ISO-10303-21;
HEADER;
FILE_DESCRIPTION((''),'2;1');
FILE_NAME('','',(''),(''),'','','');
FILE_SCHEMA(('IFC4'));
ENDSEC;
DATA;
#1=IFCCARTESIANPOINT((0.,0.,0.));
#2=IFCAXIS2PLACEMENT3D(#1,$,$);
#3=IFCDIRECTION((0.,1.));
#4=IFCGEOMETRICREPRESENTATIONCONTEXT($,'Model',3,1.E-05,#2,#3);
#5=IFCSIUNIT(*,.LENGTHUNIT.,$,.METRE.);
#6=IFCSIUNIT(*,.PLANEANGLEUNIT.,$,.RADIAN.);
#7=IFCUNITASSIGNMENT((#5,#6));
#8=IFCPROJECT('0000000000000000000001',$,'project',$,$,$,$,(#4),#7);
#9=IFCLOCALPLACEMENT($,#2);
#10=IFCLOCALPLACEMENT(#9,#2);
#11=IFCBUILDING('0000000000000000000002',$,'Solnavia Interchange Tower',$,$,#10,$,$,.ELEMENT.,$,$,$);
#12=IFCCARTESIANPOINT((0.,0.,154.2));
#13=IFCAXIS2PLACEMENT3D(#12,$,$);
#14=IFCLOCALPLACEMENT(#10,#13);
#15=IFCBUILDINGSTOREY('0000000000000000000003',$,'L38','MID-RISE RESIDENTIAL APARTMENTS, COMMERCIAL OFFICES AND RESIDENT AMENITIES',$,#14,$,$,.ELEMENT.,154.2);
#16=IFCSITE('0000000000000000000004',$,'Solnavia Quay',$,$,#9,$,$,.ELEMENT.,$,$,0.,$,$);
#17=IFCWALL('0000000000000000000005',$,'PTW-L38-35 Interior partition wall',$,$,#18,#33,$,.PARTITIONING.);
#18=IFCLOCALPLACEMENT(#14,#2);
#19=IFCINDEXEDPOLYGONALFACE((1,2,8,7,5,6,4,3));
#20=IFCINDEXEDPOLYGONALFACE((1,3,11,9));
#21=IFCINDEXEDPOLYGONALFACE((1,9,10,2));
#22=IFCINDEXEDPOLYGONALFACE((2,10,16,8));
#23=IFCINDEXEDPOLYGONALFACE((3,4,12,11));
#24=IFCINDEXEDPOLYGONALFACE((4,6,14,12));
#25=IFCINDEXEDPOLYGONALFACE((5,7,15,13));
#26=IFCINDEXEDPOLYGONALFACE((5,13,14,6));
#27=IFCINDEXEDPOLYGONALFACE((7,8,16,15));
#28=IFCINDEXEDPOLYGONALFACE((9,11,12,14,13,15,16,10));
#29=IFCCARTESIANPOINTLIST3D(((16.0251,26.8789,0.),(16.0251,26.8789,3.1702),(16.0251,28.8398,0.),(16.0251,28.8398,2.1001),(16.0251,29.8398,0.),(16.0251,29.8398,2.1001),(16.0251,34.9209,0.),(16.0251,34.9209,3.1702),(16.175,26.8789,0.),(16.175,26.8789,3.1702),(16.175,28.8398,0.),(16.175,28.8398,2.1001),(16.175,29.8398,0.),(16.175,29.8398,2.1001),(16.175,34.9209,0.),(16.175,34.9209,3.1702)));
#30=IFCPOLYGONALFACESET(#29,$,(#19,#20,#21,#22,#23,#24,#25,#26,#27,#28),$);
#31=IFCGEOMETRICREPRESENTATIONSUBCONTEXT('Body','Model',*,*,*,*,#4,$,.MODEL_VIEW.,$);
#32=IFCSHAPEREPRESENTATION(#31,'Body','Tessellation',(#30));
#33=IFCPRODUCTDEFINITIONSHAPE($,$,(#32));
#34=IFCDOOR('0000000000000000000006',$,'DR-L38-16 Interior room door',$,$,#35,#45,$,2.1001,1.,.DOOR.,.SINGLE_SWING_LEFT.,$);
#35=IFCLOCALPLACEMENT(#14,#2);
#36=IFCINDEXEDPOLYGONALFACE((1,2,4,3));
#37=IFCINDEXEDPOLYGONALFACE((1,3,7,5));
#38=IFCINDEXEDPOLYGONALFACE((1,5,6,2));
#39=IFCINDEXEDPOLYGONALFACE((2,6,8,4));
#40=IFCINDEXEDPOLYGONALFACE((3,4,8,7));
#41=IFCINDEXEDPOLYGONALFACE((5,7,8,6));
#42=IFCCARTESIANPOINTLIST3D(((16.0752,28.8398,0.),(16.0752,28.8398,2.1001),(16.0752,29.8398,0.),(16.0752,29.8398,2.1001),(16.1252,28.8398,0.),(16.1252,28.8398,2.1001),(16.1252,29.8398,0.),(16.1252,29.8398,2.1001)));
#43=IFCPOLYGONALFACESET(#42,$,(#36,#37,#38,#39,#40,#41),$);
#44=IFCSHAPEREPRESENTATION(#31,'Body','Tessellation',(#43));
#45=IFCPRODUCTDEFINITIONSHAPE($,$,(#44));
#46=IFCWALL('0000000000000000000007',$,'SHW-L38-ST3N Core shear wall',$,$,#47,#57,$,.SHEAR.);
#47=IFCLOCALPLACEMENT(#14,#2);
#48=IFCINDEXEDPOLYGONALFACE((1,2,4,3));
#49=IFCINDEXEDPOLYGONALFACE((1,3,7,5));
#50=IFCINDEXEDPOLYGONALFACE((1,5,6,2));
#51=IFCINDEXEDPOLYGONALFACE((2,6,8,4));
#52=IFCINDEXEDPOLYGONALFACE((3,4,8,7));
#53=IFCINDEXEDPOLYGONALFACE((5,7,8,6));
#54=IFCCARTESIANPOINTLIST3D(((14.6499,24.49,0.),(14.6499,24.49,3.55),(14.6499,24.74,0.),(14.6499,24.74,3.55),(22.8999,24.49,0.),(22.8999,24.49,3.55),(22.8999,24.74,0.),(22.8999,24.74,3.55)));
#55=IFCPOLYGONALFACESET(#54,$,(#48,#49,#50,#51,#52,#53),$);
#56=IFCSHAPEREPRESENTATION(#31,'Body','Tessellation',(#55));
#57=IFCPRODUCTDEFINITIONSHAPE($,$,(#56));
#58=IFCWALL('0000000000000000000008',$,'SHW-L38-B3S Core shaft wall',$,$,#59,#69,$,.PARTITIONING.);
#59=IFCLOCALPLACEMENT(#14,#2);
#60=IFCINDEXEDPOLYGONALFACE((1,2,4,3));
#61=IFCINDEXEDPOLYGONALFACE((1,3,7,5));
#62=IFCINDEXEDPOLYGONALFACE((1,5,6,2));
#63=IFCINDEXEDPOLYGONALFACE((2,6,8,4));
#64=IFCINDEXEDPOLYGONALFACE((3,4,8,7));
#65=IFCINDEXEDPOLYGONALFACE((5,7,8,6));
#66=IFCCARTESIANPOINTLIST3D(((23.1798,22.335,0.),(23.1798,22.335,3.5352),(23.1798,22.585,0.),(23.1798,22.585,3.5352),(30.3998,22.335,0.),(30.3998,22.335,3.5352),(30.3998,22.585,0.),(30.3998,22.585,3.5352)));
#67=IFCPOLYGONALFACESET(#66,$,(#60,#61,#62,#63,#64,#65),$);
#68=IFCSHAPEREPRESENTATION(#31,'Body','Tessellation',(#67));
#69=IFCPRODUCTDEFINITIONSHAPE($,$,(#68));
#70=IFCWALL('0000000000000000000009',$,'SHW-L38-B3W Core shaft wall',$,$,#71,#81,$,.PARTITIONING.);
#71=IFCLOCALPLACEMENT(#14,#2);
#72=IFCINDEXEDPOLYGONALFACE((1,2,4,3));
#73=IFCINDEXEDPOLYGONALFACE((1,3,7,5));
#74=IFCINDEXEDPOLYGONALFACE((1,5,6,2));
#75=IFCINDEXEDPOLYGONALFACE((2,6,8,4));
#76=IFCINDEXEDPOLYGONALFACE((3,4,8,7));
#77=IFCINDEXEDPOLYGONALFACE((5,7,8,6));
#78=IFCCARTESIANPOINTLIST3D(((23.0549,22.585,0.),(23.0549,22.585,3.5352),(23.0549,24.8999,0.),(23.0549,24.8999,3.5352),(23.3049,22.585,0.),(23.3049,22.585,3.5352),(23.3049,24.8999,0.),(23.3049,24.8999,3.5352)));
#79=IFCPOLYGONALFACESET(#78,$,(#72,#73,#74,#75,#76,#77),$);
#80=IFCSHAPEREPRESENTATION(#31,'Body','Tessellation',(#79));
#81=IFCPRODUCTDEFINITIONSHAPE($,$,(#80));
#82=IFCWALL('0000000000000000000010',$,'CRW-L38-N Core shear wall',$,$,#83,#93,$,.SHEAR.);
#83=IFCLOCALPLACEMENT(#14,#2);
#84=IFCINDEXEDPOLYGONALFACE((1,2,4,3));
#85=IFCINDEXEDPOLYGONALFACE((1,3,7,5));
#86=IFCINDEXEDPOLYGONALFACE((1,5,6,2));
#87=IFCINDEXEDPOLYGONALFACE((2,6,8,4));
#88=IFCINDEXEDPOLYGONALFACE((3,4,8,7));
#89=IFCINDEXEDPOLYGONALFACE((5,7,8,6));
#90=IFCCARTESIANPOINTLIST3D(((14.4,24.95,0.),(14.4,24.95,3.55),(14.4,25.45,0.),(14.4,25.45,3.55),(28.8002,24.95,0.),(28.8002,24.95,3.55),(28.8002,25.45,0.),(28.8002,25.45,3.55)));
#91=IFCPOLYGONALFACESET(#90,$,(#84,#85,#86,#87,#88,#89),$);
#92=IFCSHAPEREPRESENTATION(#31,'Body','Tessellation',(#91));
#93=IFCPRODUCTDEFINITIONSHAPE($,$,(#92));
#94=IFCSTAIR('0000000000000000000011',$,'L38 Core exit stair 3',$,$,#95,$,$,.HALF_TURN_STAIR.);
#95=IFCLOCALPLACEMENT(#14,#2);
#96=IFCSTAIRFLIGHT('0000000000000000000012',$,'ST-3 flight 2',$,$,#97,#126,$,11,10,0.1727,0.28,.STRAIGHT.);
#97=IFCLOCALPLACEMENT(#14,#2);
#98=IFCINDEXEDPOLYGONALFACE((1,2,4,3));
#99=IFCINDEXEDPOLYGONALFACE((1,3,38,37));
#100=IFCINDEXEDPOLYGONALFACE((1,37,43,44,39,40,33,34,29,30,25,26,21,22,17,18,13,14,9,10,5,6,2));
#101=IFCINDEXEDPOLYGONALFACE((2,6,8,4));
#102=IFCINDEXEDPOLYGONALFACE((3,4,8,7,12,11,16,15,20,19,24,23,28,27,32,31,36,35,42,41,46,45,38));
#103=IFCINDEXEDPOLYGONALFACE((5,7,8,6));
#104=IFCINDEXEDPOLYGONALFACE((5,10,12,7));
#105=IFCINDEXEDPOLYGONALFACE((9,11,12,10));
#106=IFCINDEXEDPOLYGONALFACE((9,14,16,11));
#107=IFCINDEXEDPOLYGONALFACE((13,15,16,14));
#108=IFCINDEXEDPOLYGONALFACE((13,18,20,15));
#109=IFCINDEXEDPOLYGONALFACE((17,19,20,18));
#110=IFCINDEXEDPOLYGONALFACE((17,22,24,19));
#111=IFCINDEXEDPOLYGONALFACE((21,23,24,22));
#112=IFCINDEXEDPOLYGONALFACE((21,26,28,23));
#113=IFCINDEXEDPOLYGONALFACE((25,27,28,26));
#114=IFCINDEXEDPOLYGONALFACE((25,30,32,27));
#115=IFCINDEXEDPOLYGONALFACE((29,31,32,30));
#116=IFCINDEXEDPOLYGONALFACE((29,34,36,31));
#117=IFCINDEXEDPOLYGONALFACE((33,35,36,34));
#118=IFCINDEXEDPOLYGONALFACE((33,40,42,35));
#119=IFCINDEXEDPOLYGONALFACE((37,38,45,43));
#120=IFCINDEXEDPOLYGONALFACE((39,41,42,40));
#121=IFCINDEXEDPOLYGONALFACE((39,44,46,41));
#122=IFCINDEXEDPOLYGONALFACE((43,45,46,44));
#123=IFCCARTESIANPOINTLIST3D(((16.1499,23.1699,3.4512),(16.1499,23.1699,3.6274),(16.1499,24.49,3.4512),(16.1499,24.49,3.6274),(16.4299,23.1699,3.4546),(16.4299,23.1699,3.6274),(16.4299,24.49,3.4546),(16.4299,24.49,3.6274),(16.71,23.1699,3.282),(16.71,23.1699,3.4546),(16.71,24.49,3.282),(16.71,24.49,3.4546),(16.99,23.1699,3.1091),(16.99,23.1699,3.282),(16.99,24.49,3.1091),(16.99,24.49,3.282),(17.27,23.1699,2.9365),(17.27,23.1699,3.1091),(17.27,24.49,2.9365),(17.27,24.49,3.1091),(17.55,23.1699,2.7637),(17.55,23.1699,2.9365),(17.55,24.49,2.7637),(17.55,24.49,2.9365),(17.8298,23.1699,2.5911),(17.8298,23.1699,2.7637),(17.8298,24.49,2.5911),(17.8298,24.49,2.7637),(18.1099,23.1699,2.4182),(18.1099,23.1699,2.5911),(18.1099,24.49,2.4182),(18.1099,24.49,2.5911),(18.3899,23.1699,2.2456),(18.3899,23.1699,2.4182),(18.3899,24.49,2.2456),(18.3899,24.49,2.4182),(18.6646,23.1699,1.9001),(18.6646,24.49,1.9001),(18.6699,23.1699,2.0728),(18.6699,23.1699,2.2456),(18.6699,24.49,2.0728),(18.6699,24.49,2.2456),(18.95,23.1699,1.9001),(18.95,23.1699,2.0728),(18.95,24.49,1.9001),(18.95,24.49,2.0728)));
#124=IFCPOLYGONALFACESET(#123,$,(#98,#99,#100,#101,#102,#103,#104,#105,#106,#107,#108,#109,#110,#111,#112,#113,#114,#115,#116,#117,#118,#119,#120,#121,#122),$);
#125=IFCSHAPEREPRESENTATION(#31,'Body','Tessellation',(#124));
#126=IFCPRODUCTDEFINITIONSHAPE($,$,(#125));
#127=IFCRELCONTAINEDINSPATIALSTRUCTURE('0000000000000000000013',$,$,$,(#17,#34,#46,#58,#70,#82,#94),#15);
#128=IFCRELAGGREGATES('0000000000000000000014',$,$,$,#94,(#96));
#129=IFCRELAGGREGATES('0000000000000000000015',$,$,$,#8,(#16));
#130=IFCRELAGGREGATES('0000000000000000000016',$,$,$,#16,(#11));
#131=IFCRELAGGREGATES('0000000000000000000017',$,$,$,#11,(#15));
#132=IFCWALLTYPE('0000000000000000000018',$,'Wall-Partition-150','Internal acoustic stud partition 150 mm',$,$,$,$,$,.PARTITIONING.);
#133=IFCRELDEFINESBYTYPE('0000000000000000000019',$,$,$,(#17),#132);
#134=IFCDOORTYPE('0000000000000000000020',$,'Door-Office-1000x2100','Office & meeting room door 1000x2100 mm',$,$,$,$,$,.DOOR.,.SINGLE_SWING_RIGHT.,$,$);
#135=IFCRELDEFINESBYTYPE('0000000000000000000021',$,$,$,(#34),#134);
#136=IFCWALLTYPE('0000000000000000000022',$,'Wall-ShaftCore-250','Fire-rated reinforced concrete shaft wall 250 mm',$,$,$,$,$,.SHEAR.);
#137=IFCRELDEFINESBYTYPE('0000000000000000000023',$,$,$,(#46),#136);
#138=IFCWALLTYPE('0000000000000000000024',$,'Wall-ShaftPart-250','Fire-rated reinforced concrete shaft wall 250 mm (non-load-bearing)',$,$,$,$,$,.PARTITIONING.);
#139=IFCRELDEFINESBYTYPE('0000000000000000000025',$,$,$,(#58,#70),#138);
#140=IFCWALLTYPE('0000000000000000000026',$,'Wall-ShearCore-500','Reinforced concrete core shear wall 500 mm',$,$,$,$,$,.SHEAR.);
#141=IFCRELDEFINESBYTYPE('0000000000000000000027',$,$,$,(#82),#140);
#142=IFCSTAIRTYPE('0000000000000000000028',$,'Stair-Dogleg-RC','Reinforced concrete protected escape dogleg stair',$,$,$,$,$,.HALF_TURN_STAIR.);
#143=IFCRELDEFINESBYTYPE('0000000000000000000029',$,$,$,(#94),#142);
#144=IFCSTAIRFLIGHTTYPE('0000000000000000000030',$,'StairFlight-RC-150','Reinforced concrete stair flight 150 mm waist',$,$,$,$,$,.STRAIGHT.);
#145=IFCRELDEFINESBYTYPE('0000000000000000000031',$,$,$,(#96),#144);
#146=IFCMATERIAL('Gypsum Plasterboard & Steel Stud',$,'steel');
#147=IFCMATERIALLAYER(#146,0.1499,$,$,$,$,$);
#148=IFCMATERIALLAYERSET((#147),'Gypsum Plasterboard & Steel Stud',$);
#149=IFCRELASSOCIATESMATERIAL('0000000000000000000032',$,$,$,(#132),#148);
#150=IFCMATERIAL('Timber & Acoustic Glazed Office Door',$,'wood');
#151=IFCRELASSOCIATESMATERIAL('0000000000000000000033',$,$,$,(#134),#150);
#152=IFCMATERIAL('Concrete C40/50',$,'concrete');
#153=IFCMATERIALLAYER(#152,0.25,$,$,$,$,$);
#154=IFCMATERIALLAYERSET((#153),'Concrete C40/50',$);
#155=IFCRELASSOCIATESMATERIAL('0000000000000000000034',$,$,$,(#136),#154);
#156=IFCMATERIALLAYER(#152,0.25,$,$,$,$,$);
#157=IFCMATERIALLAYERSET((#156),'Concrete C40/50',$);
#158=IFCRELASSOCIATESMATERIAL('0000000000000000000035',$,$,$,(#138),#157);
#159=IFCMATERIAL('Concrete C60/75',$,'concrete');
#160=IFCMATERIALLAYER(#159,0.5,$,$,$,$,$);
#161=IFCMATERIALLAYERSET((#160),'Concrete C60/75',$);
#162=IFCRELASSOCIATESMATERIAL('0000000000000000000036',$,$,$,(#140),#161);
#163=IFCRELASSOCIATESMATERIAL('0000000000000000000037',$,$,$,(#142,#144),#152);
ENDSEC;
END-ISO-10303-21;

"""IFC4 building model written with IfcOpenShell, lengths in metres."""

from ifc_helpers import new_model, si_unit, direction, frame, frame_2d, origin, place, context, subcontext, project, spatial, polyline, rectangle, outline, extrude, material, layer, layer_set, type_object, element, fill, aggregate, save


model = new_model("IFC4")

# Units and contexts
model_context = context("Model", 3, precision=1e-05, world=origin(), true_north=direction((0.0, 1.0)))
body_context = subcontext(model_context, "Body", "Model", "MODEL_VIEW")
ifc_project = project(units=[si_unit("LENGTHUNIT", "METRE"), si_unit("PLANEANGLEUNIT", "RADIAN")], contexts=[model_context])

# Site, building, storey
site_placement = place(None, origin())
site = spatial("IfcSite", under=ifc_project, at=site_placement, Name="Solnavia Quay", CompositionType="ELEMENT", RefElevation=0.0)
building_placement = place(site_placement, origin())
building = spatial("IfcBuilding", under=site, at=building_placement, Name="Solnavia Interchange Tower", CompositionType="ELEMENT")
storey_placement = place(building_placement, frame((0.0, 0.0, 154.2)))
storey = spatial("IfcBuildingStorey", under=building, at=storey_placement, Name="L38", Description="MID-RISE RESIDENTIAL APARTMENTS, COMMERCIAL OFFICES AND RESIDENT AMENITIES", CompositionType="ELEMENT", Elevation=154.2)

# Shared definitions
ifc_material_1 = material(Name="Gypsum Plasterboard & Steel Stud", Category="steel")
ifc_layer_1 = layer(ifc_material_1, 0.1499)
ifc_layer_set_1 = layer_set([ifc_layer_1], Name="Gypsum Plasterboard & Steel Stud")
wall_type_1 = type_object("IfcWallType", Name="Wall-Partition-150", Description="Internal acoustic stud partition 150 mm", PredefinedType="PARTITIONING", material=ifc_layer_set_1)

# Wall, opening, door
wall_1_placement = place(storey_placement, frame((16.1001, 26.8789, 0.0), z_axis=(0.0, 0.0, 1.0), x_axis=(0.0, 1.0, 0.0)))
wall_1 = element("IfcWall", 1, at=wall_1_placement, inside=storey, type_object=wall_type_1, Name="PTW-L38-35 Interior partition wall", PredefinedType="PARTITIONING", context=body_context, shape_type="SweptSolid", body=[
    extrude(rectangle(XDim=8.042, YDim=0.1499, at=frame_2d((4.021, 0.0))), origin(), (0.0, 0.0, 1.0), 3.1702),
])
opening_placement = place(wall_1_placement, frame((1.9609, 0.0, 0.0)))
opening = element("IfcOpeningElement", 2, at=opening_placement, cuts=wall_1, PredefinedType="OPENING", context=body_context, shape_type="SweptSolid", body=[
    extrude(rectangle(XDim=1.0, YDim=2.1001, at=frame_2d((0.5, 1.05))), frame((0.0, 0.085, 0.0), z_axis=(0.0, -1.0, 0.0), x_axis=(1.0, 0.0, 0.0)), (0.0, 0.0, 1.0), 0.1699),
])
ifc_material_2 = material(Name="Timber & Acoustic Glazed Office Door", Category="wood")
door_type = type_object("IfcDoorType", Name="Door-Office-1000x2100", Description="Office & meeting room door 1000x2100 mm", OperationType="SINGLE_SWING_RIGHT", PredefinedType="DOOR", material=ifc_material_2)
door_placement = place(opening_placement, origin())
door = element("IfcDoor", 3, at=door_placement, inside=storey, type_object=door_type, Name="DR-L38-16 Interior room door", OperationType="SINGLE_SWING_LEFT", OverallHeight=2.1001, OverallWidth=1.0, PredefinedType="DOOR", context=body_context, shape_type="SweptSolid", body=[
    extrude(rectangle(XDim=1.0, YDim=2.1001, at=frame_2d((0.5, 1.05))), frame((0.0, 0.0249, 0.0), z_axis=(0.0, -1.0, 0.0), x_axis=(1.0, 0.0, 0.0)), (0.0, 0.0, 1.0), 0.05),
])
fill(opening, door)

# Walls
ifc_material_3 = material(Name="Concrete C40/50", Category="concrete")
ifc_layer_2 = layer(ifc_material_3, 0.25)
ifc_layer_set_2 = layer_set([ifc_layer_2], Name="Concrete C40/50")
wall_type_2 = type_object("IfcWallType", Name="Wall-ShaftCore-250", Description="Fire-rated reinforced concrete shaft wall 250 mm", PredefinedType="SHEAR", material=ifc_layer_set_2)
wall_2_placement = place(storey_placement, frame((14.6499, 24.615, 0.0), z_axis=(0.0, 0.0, 1.0), x_axis=(1.0, 0.0, 0.0)))
element("IfcWall", 4, at=wall_2_placement, inside=storey, type_object=wall_type_2, Name="SHW-L38-ST3N Core shear wall", PredefinedType="SHEAR", context=body_context, shape_type="SweptSolid", body=[
    extrude(rectangle(XDim=8.25, YDim=0.25, at=frame_2d((4.125, 0.0))), origin(), (0.0, 0.0, 1.0), 3.55),
])
ifc_layer_3 = layer(ifc_material_3, 0.25)
ifc_layer_set_3 = layer_set([ifc_layer_3], Name="Concrete C40/50")
wall_type_3 = type_object("IfcWallType", Name="Wall-ShaftPart-250", Description="Fire-rated reinforced concrete shaft wall 250 mm (non-load-bearing)", PredefinedType="PARTITIONING", material=ifc_layer_set_3)
wall_3_placement = place(storey_placement, frame((23.1799, 22.46, 0.0), z_axis=(0.0, 0.0, 1.0), x_axis=(1.0, 0.0, 0.0)))
element("IfcWall", 5, at=wall_3_placement, inside=storey, type_object=wall_type_3, Name="SHW-L38-B3S Core shaft wall", PredefinedType="PARTITIONING", context=body_context, shape_type="SweptSolid", body=[
    extrude(rectangle(XDim=7.22, YDim=0.25, at=frame_2d((3.6099, 0.0))), origin(), (0.0, 0.0, 1.0), 3.5352),
])
wall_4_placement = place(storey_placement, frame((23.1799, 22.585, 0.0), z_axis=(0.0, 0.0, 1.0), x_axis=(0.0, 1.0, 0.0)))
element("IfcWall", 6, at=wall_4_placement, inside=storey, type_object=wall_type_3, Name="SHW-L38-B3W Core shaft wall", PredefinedType="PARTITIONING", context=body_context, shape_type="SweptSolid", body=[
    extrude(rectangle(XDim=2.3149, YDim=0.25, at=frame_2d((1.1575, 0.0))), origin(), (0.0, 0.0, 1.0), 3.5352),
])
ifc_material_4 = material(Name="Concrete C60/75", Category="concrete")
ifc_layer_4 = layer(ifc_material_4, 0.5)
ifc_layer_set_4 = layer_set([ifc_layer_4], Name="Concrete C60/75")
wall_type_4 = type_object("IfcWallType", Name="Wall-ShearCore-500", Description="Reinforced concrete core shear wall 500 mm", PredefinedType="SHEAR", material=ifc_layer_set_4)
wall_5_placement = place(storey_placement, frame((14.3999, 25.2, 0.0), z_axis=(0.0, 0.0, 1.0), x_axis=(1.0, 0.0, 0.0)))
element("IfcWall", 7, at=wall_5_placement, inside=storey, type_object=wall_type_4, Name="CRW-L38-N Core shear wall", PredefinedType="SHEAR", context=body_context, shape_type="SweptSolid", body=[
    extrude(rectangle(XDim=14.4001, YDim=0.5, at=frame_2d((7.2002, 0.0))), origin(), (0.0, 0.0, 1.0), 3.55),
])

# Stair, stair flight
stair_type = type_object("IfcStairType", Name="Stair-Dogleg-RC", Description="Reinforced concrete protected escape dogleg stair", PredefinedType="HALF_TURN_STAIR", material=ifc_material_3)
stair_placement = place(storey_placement, origin())
stair = element("IfcStair", 8, at=stair_placement, inside=storey, type_object=stair_type, Name="L38 Core exit stair 3", PredefinedType="HALF_TURN_STAIR")
stair_flight_type = type_object("IfcStairFlightType", Name="StairFlight-RC-150", Description="Reinforced concrete stair flight 150 mm waist", PredefinedType="STRAIGHT", material=ifc_material_3)
stair_flight_placement = place(storey_placement, frame((18.95, 23.8301, 1.9001), z_axis=(0.0, 0.0, 1.0), x_axis=(-1.0, 0.0, 0.0)))
stair_flight = element("IfcStairFlight", 9, at=stair_flight_placement, type_object=stair_flight_type, Name="ST-3 flight 2", NumberOfRisers=11, NumberOfTreads=10, PredefinedType="STRAIGHT", RiserHeight=0.1727, TreadLength=0.28, context=body_context, shape_type="SweptSolid", body=[
    extrude(outline(polyline([(0.0, 0.0), (0.0, 0.1726), (0.28, 0.1726), (0.28, 0.3455), (0.5601, 0.3455), (0.5601, 0.5181), (0.8401, 0.5181), (0.8401, 0.6909), (1.1201, 0.6909), (1.1201, 0.8635), (1.3999, 0.8635), (1.3999, 1.0364), (1.6799, 1.0364), (1.6799, 1.209), (1.96, 1.209), (1.96, 1.3818), (2.24, 1.3818), (2.24, 1.5544), (2.52, 1.5544), (2.52, 1.7273), (2.8, 1.7273), (2.8, 1.8999), (2.8, 1.551), (0.2854, 0.0), (0.0, 0.0)])), frame((0.0, 0.6602, 0.0), z_axis=(0.0, -1.0, 0.0), x_axis=(1.0, 0.0, 0.0)), (0.0, 0.0, 1.0), 1.3201),
])
aggregate(stair, [stair_flight])

save(model, "model.ifc")
